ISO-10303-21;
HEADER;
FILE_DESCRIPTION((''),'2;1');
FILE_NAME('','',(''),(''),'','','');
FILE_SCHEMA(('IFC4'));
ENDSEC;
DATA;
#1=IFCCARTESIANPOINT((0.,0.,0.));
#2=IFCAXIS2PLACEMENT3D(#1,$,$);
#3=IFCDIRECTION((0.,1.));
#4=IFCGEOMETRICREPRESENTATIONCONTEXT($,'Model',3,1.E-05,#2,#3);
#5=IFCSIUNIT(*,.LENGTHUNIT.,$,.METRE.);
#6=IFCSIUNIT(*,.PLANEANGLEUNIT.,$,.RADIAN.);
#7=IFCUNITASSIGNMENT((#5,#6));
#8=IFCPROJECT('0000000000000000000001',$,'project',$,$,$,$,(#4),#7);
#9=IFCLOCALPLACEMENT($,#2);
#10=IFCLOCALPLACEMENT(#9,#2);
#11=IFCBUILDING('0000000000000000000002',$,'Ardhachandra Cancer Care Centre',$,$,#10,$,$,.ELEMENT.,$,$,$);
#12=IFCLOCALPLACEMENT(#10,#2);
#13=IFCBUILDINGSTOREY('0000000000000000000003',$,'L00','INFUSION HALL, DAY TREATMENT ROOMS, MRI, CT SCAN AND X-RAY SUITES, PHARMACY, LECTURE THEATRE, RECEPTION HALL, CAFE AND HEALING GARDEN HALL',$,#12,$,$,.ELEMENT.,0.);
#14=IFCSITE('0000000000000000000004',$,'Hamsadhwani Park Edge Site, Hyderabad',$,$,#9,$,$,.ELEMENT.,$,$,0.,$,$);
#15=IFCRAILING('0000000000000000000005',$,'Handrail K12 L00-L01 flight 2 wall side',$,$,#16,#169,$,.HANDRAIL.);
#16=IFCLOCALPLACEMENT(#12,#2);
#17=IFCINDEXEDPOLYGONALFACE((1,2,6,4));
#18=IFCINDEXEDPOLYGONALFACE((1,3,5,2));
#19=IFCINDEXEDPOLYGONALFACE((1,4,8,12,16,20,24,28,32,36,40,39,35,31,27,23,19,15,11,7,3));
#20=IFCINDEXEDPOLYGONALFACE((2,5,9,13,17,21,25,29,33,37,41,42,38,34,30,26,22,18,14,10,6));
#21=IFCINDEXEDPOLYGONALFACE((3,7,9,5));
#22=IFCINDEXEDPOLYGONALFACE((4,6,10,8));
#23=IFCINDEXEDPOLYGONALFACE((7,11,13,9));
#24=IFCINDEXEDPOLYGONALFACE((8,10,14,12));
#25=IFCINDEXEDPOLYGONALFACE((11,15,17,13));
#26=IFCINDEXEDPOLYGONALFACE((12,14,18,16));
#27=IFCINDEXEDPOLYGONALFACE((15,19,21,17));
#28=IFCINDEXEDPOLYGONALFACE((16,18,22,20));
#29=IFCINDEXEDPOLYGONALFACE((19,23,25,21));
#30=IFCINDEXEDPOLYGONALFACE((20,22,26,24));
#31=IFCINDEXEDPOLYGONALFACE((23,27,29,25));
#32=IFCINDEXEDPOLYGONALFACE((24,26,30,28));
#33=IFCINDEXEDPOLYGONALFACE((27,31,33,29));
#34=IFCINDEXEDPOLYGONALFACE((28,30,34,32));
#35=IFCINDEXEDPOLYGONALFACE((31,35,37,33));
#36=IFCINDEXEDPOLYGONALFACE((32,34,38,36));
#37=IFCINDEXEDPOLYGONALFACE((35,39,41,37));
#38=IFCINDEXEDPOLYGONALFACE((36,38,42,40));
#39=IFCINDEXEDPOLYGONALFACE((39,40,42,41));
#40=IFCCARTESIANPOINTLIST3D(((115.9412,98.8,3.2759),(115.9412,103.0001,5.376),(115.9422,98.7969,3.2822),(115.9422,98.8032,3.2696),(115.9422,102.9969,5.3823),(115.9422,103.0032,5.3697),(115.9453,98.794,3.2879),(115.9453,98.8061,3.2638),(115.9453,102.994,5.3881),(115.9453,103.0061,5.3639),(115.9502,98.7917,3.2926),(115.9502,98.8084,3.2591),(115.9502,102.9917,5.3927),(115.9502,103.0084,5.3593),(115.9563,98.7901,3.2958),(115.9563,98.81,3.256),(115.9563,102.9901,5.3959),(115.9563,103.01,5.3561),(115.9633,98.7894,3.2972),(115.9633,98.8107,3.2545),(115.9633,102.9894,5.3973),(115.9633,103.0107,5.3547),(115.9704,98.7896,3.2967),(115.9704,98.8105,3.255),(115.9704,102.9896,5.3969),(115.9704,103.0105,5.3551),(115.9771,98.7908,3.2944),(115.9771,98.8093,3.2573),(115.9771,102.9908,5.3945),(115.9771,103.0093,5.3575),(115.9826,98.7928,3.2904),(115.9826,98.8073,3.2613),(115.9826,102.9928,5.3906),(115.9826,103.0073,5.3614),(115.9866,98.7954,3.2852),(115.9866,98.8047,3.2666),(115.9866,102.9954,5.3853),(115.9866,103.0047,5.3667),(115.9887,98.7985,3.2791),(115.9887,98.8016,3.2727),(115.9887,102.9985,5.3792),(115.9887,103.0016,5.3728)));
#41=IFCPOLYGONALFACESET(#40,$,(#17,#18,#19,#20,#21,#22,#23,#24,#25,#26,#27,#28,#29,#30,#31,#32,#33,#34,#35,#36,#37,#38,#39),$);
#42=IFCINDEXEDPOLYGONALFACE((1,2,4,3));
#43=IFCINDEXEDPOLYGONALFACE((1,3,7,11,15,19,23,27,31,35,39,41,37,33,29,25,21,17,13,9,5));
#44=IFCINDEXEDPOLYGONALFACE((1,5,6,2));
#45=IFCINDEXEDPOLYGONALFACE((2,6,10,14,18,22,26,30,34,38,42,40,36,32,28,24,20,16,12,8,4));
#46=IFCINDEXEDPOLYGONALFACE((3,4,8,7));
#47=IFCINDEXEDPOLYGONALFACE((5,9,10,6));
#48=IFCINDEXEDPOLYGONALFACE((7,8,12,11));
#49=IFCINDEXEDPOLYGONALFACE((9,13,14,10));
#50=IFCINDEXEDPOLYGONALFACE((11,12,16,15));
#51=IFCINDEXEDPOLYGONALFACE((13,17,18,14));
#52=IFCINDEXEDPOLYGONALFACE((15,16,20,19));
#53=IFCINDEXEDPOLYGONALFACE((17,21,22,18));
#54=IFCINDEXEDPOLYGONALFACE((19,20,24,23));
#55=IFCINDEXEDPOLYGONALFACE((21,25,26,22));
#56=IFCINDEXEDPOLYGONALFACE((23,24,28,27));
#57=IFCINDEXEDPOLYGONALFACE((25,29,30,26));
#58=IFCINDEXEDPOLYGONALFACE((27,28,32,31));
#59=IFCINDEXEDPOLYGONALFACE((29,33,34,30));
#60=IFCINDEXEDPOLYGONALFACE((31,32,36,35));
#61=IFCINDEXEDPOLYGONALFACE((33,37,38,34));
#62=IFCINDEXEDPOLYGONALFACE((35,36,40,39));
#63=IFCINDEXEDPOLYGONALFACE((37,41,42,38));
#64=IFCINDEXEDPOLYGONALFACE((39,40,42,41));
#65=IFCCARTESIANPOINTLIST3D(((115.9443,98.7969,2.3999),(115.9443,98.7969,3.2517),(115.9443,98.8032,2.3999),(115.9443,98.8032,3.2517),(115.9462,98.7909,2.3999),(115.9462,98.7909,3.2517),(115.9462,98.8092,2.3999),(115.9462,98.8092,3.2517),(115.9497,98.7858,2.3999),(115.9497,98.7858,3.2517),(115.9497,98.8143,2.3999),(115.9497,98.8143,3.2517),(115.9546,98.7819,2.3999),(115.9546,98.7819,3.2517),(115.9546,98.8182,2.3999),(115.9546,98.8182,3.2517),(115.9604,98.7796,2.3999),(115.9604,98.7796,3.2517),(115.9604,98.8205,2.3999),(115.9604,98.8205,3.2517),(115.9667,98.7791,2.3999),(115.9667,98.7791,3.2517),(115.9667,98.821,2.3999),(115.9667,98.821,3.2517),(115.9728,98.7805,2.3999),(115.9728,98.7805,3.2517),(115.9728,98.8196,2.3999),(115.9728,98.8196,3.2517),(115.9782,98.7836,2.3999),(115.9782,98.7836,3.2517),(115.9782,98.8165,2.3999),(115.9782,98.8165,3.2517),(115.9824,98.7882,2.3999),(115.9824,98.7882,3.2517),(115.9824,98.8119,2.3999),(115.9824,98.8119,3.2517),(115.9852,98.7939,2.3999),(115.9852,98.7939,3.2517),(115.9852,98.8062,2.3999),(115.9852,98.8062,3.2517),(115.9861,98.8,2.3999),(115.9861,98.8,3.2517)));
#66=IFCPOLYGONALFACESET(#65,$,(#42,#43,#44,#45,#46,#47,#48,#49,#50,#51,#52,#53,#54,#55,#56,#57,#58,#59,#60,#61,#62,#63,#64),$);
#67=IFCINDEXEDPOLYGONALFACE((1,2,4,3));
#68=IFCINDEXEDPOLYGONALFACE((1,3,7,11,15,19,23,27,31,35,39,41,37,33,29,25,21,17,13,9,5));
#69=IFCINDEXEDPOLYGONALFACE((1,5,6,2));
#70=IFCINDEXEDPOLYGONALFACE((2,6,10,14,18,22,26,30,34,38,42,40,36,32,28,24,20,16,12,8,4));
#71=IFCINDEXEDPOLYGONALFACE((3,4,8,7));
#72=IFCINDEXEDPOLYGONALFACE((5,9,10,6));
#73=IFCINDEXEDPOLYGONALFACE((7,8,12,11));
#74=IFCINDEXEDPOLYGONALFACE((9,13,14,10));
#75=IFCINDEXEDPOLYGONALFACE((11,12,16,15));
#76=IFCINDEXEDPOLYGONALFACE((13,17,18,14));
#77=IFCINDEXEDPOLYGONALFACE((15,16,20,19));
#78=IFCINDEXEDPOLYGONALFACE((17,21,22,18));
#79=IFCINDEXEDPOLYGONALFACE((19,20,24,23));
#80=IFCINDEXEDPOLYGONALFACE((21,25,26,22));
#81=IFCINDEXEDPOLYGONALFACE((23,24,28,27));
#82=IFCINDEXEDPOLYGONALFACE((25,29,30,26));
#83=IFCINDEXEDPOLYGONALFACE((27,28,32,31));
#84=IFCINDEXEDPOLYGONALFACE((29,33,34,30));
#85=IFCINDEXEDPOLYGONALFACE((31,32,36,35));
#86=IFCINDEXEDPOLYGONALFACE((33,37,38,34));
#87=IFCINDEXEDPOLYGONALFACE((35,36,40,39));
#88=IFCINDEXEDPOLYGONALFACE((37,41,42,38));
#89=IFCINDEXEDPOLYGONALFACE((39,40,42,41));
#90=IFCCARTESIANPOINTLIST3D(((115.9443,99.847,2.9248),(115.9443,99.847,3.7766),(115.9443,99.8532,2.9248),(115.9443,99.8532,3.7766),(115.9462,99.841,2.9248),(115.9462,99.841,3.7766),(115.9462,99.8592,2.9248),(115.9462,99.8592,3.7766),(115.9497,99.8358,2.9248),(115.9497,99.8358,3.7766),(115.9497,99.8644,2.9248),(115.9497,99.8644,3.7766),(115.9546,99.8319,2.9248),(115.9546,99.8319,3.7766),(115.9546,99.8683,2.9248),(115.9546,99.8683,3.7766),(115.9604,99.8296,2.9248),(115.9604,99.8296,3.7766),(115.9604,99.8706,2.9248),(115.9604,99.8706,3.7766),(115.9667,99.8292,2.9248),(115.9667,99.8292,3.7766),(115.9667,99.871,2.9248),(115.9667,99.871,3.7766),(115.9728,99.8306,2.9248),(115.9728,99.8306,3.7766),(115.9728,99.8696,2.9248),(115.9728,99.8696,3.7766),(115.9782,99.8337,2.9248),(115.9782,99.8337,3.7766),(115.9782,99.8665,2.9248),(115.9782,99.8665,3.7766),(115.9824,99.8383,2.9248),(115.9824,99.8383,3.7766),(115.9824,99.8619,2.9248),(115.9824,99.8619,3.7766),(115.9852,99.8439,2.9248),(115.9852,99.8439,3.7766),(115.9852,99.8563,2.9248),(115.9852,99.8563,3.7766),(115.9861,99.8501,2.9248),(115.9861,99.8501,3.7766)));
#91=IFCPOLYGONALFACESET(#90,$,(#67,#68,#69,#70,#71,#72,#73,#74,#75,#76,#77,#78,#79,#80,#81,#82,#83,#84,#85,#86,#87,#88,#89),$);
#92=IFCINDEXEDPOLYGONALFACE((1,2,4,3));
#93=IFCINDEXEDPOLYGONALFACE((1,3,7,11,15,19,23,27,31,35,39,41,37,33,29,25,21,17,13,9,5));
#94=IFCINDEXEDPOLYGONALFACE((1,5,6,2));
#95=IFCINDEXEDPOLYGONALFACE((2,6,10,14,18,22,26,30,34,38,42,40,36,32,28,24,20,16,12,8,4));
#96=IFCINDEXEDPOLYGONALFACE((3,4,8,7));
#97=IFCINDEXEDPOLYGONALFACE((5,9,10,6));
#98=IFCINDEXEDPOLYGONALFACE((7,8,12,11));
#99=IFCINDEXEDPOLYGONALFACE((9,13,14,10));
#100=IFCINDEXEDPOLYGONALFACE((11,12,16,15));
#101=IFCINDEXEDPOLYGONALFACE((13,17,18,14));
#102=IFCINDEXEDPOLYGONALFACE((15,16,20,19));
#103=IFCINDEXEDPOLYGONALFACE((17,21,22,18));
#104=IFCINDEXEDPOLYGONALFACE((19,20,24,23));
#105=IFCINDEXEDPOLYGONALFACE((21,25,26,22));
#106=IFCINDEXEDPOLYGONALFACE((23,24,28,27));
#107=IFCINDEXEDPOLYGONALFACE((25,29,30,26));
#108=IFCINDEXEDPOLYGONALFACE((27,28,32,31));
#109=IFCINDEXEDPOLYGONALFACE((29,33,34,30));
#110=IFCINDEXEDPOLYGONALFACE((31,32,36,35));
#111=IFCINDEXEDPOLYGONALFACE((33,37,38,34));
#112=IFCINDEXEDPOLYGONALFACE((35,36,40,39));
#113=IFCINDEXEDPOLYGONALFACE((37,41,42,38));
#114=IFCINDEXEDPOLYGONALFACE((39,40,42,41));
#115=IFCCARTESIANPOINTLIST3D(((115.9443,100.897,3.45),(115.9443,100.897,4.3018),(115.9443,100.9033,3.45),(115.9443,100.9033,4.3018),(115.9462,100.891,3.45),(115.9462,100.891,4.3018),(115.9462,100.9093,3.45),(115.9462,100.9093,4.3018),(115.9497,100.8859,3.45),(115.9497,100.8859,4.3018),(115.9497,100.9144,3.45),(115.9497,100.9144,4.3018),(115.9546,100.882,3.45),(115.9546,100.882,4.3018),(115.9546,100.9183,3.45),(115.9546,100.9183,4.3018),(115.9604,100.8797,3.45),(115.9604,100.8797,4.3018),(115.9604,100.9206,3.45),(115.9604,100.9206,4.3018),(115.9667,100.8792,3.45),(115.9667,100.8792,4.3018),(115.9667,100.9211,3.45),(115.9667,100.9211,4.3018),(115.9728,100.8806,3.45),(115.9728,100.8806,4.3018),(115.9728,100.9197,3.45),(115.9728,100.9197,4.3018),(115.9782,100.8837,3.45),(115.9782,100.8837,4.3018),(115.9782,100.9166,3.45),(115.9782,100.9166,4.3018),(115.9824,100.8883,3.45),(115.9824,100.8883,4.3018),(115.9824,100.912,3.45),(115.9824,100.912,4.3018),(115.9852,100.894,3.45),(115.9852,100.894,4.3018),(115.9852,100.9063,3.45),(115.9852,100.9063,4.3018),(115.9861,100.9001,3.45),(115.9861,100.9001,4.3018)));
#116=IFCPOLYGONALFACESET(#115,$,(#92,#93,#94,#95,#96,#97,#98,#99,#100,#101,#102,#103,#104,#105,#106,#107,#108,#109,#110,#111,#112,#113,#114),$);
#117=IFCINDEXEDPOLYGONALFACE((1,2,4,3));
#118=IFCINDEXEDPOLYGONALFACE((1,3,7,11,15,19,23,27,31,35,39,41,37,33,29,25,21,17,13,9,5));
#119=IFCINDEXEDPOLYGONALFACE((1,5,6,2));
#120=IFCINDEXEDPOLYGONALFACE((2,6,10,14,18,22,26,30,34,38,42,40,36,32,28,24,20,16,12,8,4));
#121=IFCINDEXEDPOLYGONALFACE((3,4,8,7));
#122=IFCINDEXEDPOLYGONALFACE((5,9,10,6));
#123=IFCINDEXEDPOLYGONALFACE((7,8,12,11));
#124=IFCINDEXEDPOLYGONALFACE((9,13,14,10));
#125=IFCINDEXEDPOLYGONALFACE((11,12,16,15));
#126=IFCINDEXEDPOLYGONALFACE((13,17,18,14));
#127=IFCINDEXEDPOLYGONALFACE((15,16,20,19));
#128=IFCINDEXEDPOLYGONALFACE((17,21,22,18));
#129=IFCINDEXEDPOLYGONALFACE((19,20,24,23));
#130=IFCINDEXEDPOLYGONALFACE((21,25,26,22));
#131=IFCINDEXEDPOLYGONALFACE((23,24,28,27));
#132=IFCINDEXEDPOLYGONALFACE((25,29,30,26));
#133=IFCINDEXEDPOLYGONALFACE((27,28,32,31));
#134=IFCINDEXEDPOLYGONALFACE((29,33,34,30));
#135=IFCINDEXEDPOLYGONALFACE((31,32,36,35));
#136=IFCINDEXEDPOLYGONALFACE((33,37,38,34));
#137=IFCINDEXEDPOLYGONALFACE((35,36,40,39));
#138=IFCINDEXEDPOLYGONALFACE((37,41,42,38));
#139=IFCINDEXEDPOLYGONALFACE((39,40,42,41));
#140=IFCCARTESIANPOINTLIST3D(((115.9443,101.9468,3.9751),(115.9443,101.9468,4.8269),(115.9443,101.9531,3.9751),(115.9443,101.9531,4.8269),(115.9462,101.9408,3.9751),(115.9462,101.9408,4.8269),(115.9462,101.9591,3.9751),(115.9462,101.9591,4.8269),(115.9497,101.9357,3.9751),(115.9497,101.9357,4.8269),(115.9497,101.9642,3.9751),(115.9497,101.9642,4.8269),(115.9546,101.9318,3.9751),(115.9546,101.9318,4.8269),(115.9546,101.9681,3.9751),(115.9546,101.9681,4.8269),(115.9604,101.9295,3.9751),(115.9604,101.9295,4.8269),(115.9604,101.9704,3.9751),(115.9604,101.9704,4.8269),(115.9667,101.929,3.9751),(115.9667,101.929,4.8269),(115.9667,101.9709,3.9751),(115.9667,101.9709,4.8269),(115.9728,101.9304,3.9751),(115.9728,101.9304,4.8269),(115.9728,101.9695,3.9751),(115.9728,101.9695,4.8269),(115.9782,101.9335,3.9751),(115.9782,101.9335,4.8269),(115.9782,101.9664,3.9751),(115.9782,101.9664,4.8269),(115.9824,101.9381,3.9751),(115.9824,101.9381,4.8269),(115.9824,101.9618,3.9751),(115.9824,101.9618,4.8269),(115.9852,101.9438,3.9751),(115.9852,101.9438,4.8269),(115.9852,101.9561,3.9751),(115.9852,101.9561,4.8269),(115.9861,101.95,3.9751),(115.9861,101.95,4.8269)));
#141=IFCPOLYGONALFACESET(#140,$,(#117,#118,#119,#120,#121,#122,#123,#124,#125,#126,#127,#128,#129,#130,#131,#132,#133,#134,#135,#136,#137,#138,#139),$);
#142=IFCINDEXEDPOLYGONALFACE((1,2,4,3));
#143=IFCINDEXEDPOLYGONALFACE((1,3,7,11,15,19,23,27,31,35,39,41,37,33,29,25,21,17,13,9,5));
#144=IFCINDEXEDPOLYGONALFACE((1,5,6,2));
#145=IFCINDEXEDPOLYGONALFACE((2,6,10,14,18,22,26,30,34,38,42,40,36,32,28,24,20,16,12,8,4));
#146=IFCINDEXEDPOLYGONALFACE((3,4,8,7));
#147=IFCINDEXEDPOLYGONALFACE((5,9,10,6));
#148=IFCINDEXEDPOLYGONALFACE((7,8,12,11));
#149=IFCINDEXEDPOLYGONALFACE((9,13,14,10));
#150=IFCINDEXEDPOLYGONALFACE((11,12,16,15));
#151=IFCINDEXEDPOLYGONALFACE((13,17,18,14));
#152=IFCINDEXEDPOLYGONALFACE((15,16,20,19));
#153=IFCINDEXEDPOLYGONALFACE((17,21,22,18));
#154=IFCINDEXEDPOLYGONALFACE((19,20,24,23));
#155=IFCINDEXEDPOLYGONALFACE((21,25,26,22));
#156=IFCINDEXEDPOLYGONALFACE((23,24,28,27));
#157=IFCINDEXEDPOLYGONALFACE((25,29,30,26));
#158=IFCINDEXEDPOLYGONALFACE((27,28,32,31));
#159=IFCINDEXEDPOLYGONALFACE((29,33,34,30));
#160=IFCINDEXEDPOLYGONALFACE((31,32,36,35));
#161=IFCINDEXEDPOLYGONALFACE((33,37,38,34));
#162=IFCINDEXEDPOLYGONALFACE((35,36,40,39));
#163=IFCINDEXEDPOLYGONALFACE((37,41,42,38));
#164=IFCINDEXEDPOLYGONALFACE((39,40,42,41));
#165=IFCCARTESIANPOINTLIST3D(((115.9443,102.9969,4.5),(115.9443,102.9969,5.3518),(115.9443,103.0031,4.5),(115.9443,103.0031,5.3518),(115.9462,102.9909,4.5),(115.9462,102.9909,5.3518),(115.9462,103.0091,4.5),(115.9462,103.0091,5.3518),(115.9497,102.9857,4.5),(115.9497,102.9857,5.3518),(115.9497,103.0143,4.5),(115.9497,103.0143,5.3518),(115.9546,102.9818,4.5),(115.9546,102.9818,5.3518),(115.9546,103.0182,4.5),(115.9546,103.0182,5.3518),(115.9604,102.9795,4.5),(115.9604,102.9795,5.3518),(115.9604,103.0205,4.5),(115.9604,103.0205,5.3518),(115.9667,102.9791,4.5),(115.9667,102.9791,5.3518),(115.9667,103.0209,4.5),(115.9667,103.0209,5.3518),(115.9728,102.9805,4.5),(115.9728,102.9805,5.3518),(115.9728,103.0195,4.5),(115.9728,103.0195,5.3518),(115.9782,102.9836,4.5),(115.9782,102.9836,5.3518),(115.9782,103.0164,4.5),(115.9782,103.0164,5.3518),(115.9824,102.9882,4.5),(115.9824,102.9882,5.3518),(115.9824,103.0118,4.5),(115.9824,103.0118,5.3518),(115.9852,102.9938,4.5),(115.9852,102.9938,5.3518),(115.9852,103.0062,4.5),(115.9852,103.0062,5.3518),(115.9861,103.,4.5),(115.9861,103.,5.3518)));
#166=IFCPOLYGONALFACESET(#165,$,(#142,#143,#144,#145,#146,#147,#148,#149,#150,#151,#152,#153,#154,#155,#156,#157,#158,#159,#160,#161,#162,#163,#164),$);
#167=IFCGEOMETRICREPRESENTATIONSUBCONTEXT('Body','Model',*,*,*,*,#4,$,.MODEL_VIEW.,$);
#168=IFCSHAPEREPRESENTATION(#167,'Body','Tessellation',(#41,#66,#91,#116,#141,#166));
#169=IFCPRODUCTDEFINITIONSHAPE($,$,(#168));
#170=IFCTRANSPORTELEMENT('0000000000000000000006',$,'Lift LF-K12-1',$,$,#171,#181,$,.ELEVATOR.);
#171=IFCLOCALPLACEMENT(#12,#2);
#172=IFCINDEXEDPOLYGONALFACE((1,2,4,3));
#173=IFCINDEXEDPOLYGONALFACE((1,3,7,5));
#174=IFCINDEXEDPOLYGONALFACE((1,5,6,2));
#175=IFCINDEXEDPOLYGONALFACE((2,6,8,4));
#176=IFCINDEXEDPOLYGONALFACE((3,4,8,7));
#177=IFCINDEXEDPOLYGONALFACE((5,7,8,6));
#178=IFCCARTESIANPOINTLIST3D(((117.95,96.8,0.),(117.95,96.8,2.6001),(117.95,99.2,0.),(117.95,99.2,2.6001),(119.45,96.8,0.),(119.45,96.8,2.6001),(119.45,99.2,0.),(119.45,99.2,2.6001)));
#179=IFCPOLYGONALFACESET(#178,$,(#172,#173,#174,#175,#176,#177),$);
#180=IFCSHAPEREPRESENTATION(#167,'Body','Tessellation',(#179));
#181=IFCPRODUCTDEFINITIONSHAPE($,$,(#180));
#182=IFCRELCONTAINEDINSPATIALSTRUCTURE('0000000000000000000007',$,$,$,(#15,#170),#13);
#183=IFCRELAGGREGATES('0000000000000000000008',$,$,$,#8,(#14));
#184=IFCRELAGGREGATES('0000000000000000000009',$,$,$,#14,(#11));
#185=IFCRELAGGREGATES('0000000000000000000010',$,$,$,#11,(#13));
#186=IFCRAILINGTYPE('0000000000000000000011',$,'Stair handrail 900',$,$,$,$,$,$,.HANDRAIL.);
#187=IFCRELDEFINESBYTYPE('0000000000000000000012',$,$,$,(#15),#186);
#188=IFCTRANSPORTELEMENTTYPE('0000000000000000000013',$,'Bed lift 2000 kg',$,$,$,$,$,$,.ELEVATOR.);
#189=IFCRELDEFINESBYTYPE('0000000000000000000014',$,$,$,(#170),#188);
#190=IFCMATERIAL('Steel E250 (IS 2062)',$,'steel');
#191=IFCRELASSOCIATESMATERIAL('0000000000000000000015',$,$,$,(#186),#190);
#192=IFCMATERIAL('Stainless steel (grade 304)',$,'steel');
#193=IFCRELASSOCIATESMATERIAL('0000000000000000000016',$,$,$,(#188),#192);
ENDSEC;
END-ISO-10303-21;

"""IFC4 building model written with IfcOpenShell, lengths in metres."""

from ifc_helpers import new_model, si_unit, direction, frame, origin, origin_2d, place, context, subcontext, project, spatial, rectangle, circle, extrude, material, type_object, element, save


model = new_model("IFC4")

# Units and contexts
model_context = context("Model", 3, precision=1e-05, world=origin(), true_north=direction((0.0, 1.0)))
body_context = subcontext(model_context, "Body", "Model", "MODEL_VIEW")
ifc_project = project(units=[si_unit("LENGTHUNIT", "METRE"), si_unit("PLANEANGLEUNIT", "RADIAN")], contexts=[model_context])

# Site, building, storey
site_placement = place(None, origin())
site = spatial("IfcSite", under=ifc_project, at=site_placement, Name="Hamsadhwani Park Edge Site, Hyderabad", CompositionType="ELEMENT", RefElevation=0.0)
building_placement = place(site_placement, origin())
building = spatial("IfcBuilding", under=site, at=building_placement, Name="Ardhachandra Cancer Care Centre", CompositionType="ELEMENT")
storey_placement = place(building_placement, origin())
storey = spatial("IfcBuildingStorey", under=building, at=storey_placement, Name="L00", Description="INFUSION HALL, DAY TREATMENT ROOMS, MRI, CT SCAN AND X-RAY SUITES, PHARMACY, LECTURE THEATRE, RECEPTION HALL, CAFE AND HEALING GARDEN HALL", CompositionType="ELEMENT", Elevation=0.0)

# Railing
ifc_material_1 = material(Name="Steel E250 (IS 2062)", Category="steel")
railing_type = type_object("IfcRailingType", Name="Stair handrail 900", PredefinedType="HANDRAIL", material=ifc_material_1)
railing_placement = place(storey_placement, frame((115.9651, 98.8, 2.3999)))
element("IfcRailing", 1, at=railing_placement, inside=storey, type_object=railing_type, Name="Handrail K12 L00-L01 flight 2 wall side", PredefinedType="HANDRAIL", context=body_context, shape_type="SweptSolid", body=[
    extrude(circle(Radius=0.0239, at=origin_2d()), frame((0.0, 0.0, 0.876), z_axis=(0.0, 0.894417, 0.447234), x_axis=(-1.0, 0.0, 0.0)), (0.0, 0.0, 1.0), 4.6958),
    extrude(circle(Radius=0.021, at=origin_2d()), origin(), (0.0, 0.0, 1.0), 0.8518),
    extrude(circle(Radius=0.021, at=origin_2d()), frame((0.0, 1.05, 0.5249)), (0.0, 0.0, 1.0), 0.8518),
    extrude(circle(Radius=0.021, at=origin_2d()), frame((0.0, 2.1001, 1.05)), (0.0, 0.0, 1.0), 0.8518),
    extrude(circle(Radius=0.021, at=origin_2d()), frame((0.0, 3.1499, 1.5752)), (0.0, 0.0, 1.0), 0.8518),
    extrude(circle(Radius=0.021, at=origin_2d()), frame((0.0, 4.2, 2.1001)), (0.0, 0.0, 1.0), 0.8518),
])

# Transport element
ifc_material_2 = material(Name="Stainless steel (grade 304)", Category="steel")
transport_element_type = type_object("IfcTransportElementType", Name="Bed lift 2000 kg", PredefinedType="ELEVATOR", material=ifc_material_2)
transport_element_placement = place(storey_placement, frame((118.7, 98.0, 0.0), z_axis=(0.0, 0.0, 1.0), x_axis=(1.0, 0.0, 0.0)))
element("IfcTransportElement", 2, at=transport_element_placement, inside=storey, type_object=transport_element_type, Name="Lift LF-K12-1", PredefinedType="ELEVATOR", context=body_context, shape_type="SweptSolid", body=[
    extrude(rectangle(XDim=1.5, YDim=2.3999, at=origin_2d()), origin(), (0.0, 0.0, 1.0), 2.6001),
])

save(model, "model.ifc")
